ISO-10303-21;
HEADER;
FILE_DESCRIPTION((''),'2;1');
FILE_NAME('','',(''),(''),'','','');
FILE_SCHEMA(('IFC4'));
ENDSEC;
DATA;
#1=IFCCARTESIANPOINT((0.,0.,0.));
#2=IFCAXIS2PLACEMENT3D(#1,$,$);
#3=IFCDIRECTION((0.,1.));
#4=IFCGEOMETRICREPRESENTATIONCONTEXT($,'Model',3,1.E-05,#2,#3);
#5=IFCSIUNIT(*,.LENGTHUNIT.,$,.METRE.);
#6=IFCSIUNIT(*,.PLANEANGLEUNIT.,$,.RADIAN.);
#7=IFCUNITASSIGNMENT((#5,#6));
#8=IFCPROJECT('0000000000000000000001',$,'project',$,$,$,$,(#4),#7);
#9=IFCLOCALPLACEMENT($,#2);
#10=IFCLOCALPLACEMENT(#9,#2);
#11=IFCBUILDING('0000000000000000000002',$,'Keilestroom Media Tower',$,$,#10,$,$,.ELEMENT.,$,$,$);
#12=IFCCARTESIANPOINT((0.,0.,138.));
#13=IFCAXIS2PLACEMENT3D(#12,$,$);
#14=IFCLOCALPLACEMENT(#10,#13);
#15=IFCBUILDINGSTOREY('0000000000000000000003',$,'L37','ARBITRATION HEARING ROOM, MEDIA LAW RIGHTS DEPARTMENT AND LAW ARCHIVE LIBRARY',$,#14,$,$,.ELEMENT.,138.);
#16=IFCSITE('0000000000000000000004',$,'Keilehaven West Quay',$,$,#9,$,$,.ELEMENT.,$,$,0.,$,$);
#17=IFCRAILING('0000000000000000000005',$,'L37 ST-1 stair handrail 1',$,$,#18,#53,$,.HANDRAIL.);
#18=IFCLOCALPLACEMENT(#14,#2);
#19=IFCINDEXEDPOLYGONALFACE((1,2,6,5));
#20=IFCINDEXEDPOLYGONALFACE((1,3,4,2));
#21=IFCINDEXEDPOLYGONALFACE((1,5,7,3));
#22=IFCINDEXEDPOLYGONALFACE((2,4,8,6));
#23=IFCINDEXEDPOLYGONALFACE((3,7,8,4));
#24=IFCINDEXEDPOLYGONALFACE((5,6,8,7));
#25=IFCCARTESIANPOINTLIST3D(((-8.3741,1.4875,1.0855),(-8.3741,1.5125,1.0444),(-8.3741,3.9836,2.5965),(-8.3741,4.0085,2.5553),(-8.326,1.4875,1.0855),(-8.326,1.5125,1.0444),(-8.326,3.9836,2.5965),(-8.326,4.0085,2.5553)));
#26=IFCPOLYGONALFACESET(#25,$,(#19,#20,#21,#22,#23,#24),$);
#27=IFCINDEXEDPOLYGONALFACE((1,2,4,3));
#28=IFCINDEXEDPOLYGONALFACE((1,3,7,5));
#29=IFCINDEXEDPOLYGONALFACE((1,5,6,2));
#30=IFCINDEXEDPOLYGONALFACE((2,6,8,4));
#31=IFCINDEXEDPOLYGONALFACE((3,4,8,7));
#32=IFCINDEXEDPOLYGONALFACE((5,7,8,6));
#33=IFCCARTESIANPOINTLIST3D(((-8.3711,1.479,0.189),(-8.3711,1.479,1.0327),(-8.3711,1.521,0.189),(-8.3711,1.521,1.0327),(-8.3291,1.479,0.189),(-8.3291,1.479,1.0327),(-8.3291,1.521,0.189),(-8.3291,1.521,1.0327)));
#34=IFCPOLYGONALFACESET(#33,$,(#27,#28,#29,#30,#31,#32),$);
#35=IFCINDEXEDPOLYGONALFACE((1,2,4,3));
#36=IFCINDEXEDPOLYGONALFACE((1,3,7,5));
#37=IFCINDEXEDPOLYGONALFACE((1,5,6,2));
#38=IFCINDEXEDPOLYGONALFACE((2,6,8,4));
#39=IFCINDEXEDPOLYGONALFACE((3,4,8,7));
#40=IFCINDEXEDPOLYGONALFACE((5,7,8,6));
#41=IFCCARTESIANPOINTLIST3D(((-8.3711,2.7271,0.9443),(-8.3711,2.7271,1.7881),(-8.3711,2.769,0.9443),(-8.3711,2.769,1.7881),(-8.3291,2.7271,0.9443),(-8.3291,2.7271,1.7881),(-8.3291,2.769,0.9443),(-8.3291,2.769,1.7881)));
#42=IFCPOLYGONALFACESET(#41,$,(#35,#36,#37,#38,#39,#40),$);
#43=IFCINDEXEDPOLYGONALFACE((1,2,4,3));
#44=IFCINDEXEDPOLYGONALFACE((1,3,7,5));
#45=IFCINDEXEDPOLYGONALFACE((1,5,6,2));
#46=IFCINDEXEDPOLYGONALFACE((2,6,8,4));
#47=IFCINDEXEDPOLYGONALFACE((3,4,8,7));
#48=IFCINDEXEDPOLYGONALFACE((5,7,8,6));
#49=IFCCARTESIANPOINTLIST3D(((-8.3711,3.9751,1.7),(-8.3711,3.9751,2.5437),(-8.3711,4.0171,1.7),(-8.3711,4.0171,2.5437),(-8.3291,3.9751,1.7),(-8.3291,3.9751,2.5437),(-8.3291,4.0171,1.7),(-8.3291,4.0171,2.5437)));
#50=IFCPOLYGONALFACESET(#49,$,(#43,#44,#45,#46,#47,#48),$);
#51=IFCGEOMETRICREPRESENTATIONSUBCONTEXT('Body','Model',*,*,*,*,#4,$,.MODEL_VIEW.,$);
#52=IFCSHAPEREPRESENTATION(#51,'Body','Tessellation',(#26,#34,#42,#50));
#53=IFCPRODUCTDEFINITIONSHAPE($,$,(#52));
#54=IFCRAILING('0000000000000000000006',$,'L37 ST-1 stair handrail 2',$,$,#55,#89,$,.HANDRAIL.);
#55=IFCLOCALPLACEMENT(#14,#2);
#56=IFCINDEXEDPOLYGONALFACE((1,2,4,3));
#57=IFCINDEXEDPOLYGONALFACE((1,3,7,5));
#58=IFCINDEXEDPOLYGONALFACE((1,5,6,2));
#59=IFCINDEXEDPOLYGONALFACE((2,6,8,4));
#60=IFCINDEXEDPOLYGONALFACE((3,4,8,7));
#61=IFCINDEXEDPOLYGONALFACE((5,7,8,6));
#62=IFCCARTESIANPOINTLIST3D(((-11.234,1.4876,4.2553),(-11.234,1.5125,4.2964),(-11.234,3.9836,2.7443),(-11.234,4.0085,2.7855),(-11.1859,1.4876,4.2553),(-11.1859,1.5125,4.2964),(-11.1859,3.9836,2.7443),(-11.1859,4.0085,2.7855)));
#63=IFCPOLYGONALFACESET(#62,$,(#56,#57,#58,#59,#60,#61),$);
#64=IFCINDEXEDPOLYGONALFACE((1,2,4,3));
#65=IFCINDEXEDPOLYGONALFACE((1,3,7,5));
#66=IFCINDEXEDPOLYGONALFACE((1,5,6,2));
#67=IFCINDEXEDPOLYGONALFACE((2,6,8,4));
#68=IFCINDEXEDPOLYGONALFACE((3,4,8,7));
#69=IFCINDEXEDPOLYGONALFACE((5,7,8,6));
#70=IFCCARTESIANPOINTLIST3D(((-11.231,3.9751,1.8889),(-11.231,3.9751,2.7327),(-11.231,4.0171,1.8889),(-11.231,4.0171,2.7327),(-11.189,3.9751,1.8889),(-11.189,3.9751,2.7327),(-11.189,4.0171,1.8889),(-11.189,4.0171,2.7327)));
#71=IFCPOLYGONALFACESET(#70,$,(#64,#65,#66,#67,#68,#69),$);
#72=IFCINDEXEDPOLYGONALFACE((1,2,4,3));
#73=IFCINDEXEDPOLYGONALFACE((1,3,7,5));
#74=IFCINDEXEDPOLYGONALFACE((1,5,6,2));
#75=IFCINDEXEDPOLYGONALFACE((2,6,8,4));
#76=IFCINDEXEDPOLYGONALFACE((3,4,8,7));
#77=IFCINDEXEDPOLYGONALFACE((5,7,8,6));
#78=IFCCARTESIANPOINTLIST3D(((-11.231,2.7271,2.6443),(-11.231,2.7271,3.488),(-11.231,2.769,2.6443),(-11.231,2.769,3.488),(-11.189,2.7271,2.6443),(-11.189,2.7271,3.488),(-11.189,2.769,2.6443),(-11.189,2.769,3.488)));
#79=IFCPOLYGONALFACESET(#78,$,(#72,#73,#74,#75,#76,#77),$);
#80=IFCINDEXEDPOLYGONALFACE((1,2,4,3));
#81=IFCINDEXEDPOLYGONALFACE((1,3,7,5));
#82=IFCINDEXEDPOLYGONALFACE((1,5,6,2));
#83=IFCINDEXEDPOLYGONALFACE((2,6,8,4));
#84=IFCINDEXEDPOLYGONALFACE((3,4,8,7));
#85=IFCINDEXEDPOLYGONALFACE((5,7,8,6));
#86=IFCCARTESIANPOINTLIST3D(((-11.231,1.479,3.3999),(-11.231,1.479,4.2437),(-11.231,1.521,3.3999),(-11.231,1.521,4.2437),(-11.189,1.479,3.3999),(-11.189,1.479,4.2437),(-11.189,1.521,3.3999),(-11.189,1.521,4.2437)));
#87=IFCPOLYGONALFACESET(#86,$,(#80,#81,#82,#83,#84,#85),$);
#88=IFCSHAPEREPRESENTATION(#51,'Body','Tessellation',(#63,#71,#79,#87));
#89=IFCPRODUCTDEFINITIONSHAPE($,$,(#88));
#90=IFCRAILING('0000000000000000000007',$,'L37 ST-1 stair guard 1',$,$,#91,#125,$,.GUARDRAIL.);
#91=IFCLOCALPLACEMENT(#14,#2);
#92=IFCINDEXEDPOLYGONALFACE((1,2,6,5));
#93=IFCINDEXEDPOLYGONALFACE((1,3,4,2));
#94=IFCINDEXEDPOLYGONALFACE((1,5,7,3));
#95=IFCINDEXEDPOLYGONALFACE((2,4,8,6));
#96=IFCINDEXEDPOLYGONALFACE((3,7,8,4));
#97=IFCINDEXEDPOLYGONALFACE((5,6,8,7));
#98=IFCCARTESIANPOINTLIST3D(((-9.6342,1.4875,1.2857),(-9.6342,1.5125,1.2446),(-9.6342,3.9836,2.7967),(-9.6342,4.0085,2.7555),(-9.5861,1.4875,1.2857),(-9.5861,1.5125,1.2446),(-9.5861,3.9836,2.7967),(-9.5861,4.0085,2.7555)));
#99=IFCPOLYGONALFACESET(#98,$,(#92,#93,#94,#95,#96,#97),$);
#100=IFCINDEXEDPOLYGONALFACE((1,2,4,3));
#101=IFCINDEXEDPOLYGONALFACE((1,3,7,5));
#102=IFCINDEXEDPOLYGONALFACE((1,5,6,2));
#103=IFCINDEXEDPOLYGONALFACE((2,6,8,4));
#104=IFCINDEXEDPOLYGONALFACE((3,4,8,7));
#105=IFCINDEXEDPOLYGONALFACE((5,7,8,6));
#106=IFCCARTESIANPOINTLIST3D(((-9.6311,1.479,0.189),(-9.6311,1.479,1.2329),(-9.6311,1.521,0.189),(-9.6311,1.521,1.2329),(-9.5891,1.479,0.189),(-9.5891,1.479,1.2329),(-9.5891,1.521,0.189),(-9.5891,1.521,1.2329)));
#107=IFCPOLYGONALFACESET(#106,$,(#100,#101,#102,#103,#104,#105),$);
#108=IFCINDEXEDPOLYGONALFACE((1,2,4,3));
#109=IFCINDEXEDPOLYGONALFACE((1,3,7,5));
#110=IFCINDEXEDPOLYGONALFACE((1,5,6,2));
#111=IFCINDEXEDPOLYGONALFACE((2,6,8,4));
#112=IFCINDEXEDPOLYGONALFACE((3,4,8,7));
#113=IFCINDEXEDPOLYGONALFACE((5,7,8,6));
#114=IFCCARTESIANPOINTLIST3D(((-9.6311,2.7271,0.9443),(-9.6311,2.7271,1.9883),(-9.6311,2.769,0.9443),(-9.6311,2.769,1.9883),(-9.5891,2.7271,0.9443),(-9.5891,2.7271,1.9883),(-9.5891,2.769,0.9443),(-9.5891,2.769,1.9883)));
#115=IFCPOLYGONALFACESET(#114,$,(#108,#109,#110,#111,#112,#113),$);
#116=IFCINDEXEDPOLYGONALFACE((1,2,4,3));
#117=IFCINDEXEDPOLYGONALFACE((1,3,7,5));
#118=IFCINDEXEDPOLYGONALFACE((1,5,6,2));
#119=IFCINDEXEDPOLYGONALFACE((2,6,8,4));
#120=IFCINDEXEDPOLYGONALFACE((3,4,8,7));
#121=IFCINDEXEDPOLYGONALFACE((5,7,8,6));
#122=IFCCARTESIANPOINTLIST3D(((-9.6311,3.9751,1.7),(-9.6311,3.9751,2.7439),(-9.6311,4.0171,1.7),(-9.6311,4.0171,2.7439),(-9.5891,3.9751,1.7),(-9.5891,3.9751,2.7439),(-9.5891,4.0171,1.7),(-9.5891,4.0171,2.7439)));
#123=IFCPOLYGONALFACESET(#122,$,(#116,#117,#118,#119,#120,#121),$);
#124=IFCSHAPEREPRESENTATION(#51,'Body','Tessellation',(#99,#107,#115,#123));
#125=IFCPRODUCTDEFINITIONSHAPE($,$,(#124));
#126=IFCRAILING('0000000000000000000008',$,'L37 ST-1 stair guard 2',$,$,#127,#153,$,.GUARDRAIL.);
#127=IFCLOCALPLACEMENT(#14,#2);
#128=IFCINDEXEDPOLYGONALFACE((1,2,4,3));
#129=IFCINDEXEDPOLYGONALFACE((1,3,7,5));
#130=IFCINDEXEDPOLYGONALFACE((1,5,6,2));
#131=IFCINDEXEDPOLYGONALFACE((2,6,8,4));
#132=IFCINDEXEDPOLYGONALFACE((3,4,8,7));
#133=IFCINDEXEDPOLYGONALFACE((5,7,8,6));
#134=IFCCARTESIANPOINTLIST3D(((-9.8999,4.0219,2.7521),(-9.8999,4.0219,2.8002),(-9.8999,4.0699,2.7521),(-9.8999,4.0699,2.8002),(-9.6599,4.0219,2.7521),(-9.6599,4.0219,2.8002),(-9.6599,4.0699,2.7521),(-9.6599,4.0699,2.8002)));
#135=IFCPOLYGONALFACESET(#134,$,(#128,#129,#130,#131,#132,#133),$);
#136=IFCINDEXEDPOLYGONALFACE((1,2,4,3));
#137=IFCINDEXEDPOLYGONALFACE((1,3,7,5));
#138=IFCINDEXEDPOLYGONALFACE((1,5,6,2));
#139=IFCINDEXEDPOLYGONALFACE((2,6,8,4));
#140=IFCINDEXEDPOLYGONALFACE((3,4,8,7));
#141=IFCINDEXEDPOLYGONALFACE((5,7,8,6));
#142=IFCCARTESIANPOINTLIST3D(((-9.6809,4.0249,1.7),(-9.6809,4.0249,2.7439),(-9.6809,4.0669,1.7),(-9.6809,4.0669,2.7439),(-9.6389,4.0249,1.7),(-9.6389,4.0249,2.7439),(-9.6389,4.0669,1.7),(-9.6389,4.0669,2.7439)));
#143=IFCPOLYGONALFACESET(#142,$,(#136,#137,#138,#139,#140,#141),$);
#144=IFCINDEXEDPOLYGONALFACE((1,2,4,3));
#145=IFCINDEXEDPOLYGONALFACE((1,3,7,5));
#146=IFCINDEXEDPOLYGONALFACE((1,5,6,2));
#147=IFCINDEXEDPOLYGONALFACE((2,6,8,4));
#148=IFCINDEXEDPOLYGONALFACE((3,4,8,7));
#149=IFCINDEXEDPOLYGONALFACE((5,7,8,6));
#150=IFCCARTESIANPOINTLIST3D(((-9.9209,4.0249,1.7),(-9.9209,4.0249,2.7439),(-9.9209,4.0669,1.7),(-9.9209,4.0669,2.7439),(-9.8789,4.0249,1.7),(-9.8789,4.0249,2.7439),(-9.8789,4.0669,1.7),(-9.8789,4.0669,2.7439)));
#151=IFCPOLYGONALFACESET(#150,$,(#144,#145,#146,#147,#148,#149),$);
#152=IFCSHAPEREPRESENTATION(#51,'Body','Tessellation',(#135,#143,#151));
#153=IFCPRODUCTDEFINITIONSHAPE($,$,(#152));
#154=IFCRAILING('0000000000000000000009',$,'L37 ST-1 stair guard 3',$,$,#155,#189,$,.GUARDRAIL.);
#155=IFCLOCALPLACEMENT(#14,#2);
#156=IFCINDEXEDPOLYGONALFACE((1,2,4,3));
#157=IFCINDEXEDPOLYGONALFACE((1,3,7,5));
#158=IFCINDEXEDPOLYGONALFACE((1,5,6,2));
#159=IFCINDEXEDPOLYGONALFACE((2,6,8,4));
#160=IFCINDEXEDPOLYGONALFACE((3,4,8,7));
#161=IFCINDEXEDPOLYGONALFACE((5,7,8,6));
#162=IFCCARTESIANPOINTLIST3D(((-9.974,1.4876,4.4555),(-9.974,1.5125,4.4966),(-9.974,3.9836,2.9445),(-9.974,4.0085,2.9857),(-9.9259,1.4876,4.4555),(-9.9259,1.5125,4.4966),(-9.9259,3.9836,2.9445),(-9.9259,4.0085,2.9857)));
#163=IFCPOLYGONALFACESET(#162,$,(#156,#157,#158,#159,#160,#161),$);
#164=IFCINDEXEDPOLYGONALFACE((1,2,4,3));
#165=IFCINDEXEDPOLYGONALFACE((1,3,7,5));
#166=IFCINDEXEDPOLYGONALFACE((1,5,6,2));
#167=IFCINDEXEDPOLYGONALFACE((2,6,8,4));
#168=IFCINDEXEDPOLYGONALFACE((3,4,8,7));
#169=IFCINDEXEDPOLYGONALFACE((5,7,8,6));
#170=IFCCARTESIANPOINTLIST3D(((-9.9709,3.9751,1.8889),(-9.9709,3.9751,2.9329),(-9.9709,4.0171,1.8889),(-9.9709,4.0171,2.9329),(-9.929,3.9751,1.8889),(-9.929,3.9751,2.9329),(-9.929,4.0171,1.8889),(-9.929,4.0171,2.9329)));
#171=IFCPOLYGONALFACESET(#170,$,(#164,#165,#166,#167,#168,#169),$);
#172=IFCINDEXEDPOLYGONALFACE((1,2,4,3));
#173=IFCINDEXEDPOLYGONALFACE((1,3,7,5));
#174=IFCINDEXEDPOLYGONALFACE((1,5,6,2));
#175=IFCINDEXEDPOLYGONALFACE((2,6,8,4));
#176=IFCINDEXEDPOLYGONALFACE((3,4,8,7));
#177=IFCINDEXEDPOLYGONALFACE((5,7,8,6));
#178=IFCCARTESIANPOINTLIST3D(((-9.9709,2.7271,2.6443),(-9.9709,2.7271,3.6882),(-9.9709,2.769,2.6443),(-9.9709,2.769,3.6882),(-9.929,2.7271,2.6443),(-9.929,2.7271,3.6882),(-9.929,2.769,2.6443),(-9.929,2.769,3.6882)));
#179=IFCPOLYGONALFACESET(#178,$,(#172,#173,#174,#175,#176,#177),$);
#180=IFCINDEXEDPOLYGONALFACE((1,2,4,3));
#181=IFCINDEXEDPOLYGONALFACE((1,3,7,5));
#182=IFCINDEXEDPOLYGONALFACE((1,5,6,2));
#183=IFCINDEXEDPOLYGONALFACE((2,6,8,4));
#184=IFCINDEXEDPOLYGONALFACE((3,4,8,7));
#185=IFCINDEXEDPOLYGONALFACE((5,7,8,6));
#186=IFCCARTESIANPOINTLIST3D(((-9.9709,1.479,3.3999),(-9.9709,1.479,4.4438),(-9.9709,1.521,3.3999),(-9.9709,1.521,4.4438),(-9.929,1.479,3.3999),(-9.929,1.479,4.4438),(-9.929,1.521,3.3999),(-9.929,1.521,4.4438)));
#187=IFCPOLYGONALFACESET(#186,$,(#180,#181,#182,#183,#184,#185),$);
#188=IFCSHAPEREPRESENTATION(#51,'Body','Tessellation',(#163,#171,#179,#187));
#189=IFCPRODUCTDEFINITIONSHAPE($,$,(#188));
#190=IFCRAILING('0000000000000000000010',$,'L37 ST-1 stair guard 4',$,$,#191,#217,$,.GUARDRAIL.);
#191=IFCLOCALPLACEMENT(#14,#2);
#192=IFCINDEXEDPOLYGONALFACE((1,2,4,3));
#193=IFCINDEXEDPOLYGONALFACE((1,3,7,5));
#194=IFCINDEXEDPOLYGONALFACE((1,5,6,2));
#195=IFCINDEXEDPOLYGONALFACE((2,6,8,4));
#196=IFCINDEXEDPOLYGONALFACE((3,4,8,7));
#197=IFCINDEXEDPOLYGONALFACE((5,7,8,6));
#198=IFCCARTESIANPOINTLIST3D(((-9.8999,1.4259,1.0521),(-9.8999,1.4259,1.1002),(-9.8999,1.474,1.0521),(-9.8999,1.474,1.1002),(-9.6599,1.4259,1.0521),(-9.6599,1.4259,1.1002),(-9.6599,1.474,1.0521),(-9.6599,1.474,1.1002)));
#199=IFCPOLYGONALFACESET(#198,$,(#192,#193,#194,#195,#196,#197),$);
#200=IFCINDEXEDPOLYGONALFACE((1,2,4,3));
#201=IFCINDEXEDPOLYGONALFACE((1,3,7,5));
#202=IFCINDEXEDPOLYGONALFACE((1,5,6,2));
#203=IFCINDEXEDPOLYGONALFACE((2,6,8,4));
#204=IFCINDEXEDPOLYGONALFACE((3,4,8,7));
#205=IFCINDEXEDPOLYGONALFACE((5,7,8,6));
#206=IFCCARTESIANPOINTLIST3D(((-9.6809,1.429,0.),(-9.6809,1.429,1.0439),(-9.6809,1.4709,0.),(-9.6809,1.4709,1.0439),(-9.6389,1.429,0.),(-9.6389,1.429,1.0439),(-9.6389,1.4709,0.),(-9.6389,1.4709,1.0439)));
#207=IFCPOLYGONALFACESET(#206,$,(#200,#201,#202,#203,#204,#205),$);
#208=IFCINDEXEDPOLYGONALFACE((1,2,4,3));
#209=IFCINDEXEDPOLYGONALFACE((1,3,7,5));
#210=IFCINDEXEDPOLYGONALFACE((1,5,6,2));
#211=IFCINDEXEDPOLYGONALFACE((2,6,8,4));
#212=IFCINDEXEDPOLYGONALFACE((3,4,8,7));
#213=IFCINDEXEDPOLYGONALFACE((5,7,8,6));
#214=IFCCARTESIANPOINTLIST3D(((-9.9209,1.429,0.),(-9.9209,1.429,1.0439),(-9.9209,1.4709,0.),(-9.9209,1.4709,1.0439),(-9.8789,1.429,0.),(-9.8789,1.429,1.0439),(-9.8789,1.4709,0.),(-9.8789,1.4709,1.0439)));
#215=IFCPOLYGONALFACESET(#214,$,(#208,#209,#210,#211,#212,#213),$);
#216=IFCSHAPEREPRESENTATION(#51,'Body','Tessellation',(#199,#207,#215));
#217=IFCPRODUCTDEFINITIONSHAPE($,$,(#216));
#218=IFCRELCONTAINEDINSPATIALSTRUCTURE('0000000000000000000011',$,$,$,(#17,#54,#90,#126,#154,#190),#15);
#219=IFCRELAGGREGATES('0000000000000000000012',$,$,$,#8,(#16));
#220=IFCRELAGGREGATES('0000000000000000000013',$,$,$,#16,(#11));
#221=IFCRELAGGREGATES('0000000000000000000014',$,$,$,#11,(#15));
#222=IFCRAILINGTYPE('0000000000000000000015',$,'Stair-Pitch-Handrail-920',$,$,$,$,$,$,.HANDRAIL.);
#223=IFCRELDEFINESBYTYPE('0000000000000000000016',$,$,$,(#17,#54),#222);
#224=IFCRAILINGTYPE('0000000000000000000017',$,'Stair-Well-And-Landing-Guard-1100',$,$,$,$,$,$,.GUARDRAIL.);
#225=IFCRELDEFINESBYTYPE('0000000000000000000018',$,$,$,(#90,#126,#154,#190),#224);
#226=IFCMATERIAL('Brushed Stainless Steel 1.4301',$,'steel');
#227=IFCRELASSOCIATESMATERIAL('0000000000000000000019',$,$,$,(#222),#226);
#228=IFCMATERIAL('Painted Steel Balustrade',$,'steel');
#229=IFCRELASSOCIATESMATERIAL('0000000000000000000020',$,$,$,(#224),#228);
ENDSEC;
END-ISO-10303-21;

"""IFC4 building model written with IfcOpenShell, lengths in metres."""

from ifc_helpers import new_model, si_unit, direction, frame, origin, origin_2d, place, context, subcontext, project, spatial, rectangle, extrude, material, type_object, element, save


model = new_model("IFC4")

# Units and contexts
model_context = context("Model", 3, precision=1e-05, world=origin(), true_north=direction((0.0, 1.0)))
body_context = subcontext(model_context, "Body", "Model", "MODEL_VIEW")
ifc_project = project(units=[si_unit("LENGTHUNIT", "METRE"), si_unit("PLANEANGLEUNIT", "RADIAN")], contexts=[model_context])

# Site, building, storey
site_placement = place(None, origin())
site = spatial("IfcSite", under=ifc_project, at=site_placement, Name="Keilehaven West Quay", CompositionType="ELEMENT", RefElevation=0.0)
building_placement = place(site_placement, origin())
building = spatial("IfcBuilding", under=site, at=building_placement, Name="Keilestroom Media Tower", CompositionType="ELEMENT")
storey_placement = place(building_placement, frame((0.0, 0.0, 138.0)))
storey = spatial("IfcBuildingStorey", under=building, at=storey_placement, Name="L37", Description="ARBITRATION HEARING ROOM, MEDIA LAW RIGHTS DEPARTMENT AND LAW ARCHIVE LIBRARY", CompositionType="ELEMENT", Elevation=138.0)

# Railings
ifc_material_1 = material(Name="Brushed Stainless Steel 1.4301", Category="steel")
railing_type_1 = type_object("IfcRailingType", Name="Stair-Pitch-Handrail-920", PredefinedType="HANDRAIL", material=ifc_material_1)
railing_1_placement = place(storey_placement, frame((-8.3501, 1.5, 0.189)))
element("IfcRailing", 1, at=railing_1_placement, inside=storey, type_object=railing_type_1, Name="L37 ST-1 stair handrail 1", PredefinedType="HANDRAIL", context=body_context, shape_type="SweptSolid", body=[
    extrude(rectangle(XDim=0.0481, YDim=0.0481, at=origin_2d()), frame((0.0, 0.0, 0.876), z_axis=(0.0, 0.855471, 0.517851), x_axis=(-1.0, 0.0, 0.0)), (0.0, 0.0, 1.0), 2.9177),
    extrude(rectangle(XDim=0.042, YDim=0.042, at=origin_2d()), origin(), (0.0, 0.0, 1.0), 0.8438),
    extrude(rectangle(XDim=0.042, YDim=0.042, at=origin_2d()), frame((0.0, 1.248, 0.7554)), (0.0, 0.0, 1.0), 0.8438),
    extrude(rectangle(XDim=0.042, YDim=0.042, at=origin_2d()), frame((0.0, 2.4961, 1.511)), (0.0, 0.0, 1.0), 0.8438),
])
railing_2_placement = place(storey_placement, frame((-11.21, 3.9961, 1.8889)))
element("IfcRailing", 2, at=railing_2_placement, inside=storey, type_object=railing_type_1, Name="L37 ST-1 stair handrail 2", PredefinedType="HANDRAIL", context=body_context, shape_type="SweptSolid", body=[
    extrude(rectangle(XDim=0.0481, YDim=0.0481, at=origin_2d()), frame((0.0, 0.0, 0.876), z_axis=(0.0, -0.855471, 0.517851), x_axis=(1.0, 0.0, 0.0)), (0.0, 0.0, 1.0), 2.9177),
    extrude(rectangle(XDim=0.042, YDim=0.042, at=origin_2d()), origin(), (0.0, 0.0, 1.0), 0.8438),
    extrude(rectangle(XDim=0.042, YDim=0.042, at=origin_2d()), frame((0.0, -1.248, 0.7554)), (0.0, 0.0, 1.0), 0.8438),
    extrude(rectangle(XDim=0.042, YDim=0.042, at=origin_2d()), frame((0.0, -2.4961, 1.511)), (0.0, 0.0, 1.0), 0.8438),
])
ifc_material_2 = material(Name="Painted Steel Balustrade", Category="steel")
railing_type_2 = type_object("IfcRailingType", Name="Stair-Well-And-Landing-Guard-1100", PredefinedType="GUARDRAIL", material=ifc_material_2)
railing_3_placement = place(storey_placement, frame((-9.6101, 1.5, 0.189)))
element("IfcRailing", 3, at=railing_3_placement, inside=storey, type_object=railing_type_2, Name="L37 ST-1 stair guard 1", PredefinedType="GUARDRAIL", context=body_context, shape_type="SweptSolid", body=[
    extrude(rectangle(XDim=0.0481, YDim=0.0481, at=origin_2d()), frame((0.0, 0.0, 1.0762), z_axis=(0.0, 0.855471, 0.517851), x_axis=(-1.0, 0.0, 0.0)), (0.0, 0.0, 1.0), 2.9177),
    extrude(rectangle(XDim=0.042, YDim=0.042, at=origin_2d()), origin(), (0.0, 0.0, 1.0), 1.0439),
    extrude(rectangle(XDim=0.042, YDim=0.042, at=origin_2d()), frame((0.0, 1.248, 0.7554)), (0.0, 0.0, 1.0), 1.0439),
    extrude(rectangle(XDim=0.042, YDim=0.042, at=origin_2d()), frame((0.0, 2.4961, 1.511)), (0.0, 0.0, 1.0), 1.0439),
])
railing_4_placement = place(storey_placement, frame((-9.6599, 4.0459, 1.7)))
element("IfcRailing", 4, at=railing_4_placement, inside=storey, type_object=railing_type_2, Name="L37 ST-1 stair guard 2", PredefinedType="GUARDRAIL", context=body_context, shape_type="SweptSolid", body=[
    extrude(rectangle(XDim=0.0481, YDim=0.0481, at=origin_2d()), frame((0.0, 0.0, 1.0762), z_axis=(-1.0, 0.0, 0.0), x_axis=(0.0, -1.0, 0.0)), (0.0, 0.0, 1.0), 0.24),
    extrude(rectangle(XDim=0.042, YDim=0.042, at=origin_2d()), origin(), (0.0, 0.0, 1.0), 1.0439),
    extrude(rectangle(XDim=0.042, YDim=0.042, at=origin_2d()), frame((-0.24, 0.0, 0.0)), (0.0, 0.0, 1.0), 1.0439),
])
railing_5_placement = place(storey_placement, frame((-9.95, 3.9961, 1.8889)))
element("IfcRailing", 5, at=railing_5_placement, inside=storey, type_object=railing_type_2, Name="L37 ST-1 stair guard 3", PredefinedType="GUARDRAIL", context=body_context, shape_type="SweptSolid", body=[
    extrude(rectangle(XDim=0.0481, YDim=0.0481, at=origin_2d()), frame((0.0, 0.0, 1.0762), z_axis=(0.0, -0.855471, 0.517851), x_axis=(1.0, 0.0, 0.0)), (0.0, 0.0, 1.0), 2.9177),
    extrude(rectangle(XDim=0.042, YDim=0.042, at=origin_2d()), origin(), (0.0, 0.0, 1.0), 1.0439),
    extrude(rectangle(XDim=0.042, YDim=0.042, at=origin_2d()), frame((0.0, -1.248, 0.7554)), (0.0, 0.0, 1.0), 1.0439),
    extrude(rectangle(XDim=0.042, YDim=0.042, at=origin_2d()), frame((0.0, -2.4961, 1.511)), (0.0, 0.0, 1.0), 1.0439),
])
railing_6_placement = place(storey_placement, frame((-9.6599, 1.45, 0.0)))
element("IfcRailing", 6, at=railing_6_placement, inside=storey, type_object=railing_type_2, Name="L37 ST-1 stair guard 4", PredefinedType="GUARDRAIL", context=body_context, shape_type="SweptSolid", body=[
    extrude(rectangle(XDim=0.0481, YDim=0.0481, at=origin_2d()), frame((0.0, 0.0, 1.0762), z_axis=(-1.0, 0.0, 0.0), x_axis=(0.0, -1.0, 0.0)), (0.0, 0.0, 1.0), 0.24),
    extrude(rectangle(XDim=0.042, YDim=0.042, at=origin_2d()), origin(), (0.0, 0.0, 1.0), 1.0439),
    extrude(rectangle(XDim=0.042, YDim=0.042, at=origin_2d()), frame((-0.24, 0.0, 0.0)), (0.0, 0.0, 1.0), 1.0439),
])

save(model, "model.ifc")
